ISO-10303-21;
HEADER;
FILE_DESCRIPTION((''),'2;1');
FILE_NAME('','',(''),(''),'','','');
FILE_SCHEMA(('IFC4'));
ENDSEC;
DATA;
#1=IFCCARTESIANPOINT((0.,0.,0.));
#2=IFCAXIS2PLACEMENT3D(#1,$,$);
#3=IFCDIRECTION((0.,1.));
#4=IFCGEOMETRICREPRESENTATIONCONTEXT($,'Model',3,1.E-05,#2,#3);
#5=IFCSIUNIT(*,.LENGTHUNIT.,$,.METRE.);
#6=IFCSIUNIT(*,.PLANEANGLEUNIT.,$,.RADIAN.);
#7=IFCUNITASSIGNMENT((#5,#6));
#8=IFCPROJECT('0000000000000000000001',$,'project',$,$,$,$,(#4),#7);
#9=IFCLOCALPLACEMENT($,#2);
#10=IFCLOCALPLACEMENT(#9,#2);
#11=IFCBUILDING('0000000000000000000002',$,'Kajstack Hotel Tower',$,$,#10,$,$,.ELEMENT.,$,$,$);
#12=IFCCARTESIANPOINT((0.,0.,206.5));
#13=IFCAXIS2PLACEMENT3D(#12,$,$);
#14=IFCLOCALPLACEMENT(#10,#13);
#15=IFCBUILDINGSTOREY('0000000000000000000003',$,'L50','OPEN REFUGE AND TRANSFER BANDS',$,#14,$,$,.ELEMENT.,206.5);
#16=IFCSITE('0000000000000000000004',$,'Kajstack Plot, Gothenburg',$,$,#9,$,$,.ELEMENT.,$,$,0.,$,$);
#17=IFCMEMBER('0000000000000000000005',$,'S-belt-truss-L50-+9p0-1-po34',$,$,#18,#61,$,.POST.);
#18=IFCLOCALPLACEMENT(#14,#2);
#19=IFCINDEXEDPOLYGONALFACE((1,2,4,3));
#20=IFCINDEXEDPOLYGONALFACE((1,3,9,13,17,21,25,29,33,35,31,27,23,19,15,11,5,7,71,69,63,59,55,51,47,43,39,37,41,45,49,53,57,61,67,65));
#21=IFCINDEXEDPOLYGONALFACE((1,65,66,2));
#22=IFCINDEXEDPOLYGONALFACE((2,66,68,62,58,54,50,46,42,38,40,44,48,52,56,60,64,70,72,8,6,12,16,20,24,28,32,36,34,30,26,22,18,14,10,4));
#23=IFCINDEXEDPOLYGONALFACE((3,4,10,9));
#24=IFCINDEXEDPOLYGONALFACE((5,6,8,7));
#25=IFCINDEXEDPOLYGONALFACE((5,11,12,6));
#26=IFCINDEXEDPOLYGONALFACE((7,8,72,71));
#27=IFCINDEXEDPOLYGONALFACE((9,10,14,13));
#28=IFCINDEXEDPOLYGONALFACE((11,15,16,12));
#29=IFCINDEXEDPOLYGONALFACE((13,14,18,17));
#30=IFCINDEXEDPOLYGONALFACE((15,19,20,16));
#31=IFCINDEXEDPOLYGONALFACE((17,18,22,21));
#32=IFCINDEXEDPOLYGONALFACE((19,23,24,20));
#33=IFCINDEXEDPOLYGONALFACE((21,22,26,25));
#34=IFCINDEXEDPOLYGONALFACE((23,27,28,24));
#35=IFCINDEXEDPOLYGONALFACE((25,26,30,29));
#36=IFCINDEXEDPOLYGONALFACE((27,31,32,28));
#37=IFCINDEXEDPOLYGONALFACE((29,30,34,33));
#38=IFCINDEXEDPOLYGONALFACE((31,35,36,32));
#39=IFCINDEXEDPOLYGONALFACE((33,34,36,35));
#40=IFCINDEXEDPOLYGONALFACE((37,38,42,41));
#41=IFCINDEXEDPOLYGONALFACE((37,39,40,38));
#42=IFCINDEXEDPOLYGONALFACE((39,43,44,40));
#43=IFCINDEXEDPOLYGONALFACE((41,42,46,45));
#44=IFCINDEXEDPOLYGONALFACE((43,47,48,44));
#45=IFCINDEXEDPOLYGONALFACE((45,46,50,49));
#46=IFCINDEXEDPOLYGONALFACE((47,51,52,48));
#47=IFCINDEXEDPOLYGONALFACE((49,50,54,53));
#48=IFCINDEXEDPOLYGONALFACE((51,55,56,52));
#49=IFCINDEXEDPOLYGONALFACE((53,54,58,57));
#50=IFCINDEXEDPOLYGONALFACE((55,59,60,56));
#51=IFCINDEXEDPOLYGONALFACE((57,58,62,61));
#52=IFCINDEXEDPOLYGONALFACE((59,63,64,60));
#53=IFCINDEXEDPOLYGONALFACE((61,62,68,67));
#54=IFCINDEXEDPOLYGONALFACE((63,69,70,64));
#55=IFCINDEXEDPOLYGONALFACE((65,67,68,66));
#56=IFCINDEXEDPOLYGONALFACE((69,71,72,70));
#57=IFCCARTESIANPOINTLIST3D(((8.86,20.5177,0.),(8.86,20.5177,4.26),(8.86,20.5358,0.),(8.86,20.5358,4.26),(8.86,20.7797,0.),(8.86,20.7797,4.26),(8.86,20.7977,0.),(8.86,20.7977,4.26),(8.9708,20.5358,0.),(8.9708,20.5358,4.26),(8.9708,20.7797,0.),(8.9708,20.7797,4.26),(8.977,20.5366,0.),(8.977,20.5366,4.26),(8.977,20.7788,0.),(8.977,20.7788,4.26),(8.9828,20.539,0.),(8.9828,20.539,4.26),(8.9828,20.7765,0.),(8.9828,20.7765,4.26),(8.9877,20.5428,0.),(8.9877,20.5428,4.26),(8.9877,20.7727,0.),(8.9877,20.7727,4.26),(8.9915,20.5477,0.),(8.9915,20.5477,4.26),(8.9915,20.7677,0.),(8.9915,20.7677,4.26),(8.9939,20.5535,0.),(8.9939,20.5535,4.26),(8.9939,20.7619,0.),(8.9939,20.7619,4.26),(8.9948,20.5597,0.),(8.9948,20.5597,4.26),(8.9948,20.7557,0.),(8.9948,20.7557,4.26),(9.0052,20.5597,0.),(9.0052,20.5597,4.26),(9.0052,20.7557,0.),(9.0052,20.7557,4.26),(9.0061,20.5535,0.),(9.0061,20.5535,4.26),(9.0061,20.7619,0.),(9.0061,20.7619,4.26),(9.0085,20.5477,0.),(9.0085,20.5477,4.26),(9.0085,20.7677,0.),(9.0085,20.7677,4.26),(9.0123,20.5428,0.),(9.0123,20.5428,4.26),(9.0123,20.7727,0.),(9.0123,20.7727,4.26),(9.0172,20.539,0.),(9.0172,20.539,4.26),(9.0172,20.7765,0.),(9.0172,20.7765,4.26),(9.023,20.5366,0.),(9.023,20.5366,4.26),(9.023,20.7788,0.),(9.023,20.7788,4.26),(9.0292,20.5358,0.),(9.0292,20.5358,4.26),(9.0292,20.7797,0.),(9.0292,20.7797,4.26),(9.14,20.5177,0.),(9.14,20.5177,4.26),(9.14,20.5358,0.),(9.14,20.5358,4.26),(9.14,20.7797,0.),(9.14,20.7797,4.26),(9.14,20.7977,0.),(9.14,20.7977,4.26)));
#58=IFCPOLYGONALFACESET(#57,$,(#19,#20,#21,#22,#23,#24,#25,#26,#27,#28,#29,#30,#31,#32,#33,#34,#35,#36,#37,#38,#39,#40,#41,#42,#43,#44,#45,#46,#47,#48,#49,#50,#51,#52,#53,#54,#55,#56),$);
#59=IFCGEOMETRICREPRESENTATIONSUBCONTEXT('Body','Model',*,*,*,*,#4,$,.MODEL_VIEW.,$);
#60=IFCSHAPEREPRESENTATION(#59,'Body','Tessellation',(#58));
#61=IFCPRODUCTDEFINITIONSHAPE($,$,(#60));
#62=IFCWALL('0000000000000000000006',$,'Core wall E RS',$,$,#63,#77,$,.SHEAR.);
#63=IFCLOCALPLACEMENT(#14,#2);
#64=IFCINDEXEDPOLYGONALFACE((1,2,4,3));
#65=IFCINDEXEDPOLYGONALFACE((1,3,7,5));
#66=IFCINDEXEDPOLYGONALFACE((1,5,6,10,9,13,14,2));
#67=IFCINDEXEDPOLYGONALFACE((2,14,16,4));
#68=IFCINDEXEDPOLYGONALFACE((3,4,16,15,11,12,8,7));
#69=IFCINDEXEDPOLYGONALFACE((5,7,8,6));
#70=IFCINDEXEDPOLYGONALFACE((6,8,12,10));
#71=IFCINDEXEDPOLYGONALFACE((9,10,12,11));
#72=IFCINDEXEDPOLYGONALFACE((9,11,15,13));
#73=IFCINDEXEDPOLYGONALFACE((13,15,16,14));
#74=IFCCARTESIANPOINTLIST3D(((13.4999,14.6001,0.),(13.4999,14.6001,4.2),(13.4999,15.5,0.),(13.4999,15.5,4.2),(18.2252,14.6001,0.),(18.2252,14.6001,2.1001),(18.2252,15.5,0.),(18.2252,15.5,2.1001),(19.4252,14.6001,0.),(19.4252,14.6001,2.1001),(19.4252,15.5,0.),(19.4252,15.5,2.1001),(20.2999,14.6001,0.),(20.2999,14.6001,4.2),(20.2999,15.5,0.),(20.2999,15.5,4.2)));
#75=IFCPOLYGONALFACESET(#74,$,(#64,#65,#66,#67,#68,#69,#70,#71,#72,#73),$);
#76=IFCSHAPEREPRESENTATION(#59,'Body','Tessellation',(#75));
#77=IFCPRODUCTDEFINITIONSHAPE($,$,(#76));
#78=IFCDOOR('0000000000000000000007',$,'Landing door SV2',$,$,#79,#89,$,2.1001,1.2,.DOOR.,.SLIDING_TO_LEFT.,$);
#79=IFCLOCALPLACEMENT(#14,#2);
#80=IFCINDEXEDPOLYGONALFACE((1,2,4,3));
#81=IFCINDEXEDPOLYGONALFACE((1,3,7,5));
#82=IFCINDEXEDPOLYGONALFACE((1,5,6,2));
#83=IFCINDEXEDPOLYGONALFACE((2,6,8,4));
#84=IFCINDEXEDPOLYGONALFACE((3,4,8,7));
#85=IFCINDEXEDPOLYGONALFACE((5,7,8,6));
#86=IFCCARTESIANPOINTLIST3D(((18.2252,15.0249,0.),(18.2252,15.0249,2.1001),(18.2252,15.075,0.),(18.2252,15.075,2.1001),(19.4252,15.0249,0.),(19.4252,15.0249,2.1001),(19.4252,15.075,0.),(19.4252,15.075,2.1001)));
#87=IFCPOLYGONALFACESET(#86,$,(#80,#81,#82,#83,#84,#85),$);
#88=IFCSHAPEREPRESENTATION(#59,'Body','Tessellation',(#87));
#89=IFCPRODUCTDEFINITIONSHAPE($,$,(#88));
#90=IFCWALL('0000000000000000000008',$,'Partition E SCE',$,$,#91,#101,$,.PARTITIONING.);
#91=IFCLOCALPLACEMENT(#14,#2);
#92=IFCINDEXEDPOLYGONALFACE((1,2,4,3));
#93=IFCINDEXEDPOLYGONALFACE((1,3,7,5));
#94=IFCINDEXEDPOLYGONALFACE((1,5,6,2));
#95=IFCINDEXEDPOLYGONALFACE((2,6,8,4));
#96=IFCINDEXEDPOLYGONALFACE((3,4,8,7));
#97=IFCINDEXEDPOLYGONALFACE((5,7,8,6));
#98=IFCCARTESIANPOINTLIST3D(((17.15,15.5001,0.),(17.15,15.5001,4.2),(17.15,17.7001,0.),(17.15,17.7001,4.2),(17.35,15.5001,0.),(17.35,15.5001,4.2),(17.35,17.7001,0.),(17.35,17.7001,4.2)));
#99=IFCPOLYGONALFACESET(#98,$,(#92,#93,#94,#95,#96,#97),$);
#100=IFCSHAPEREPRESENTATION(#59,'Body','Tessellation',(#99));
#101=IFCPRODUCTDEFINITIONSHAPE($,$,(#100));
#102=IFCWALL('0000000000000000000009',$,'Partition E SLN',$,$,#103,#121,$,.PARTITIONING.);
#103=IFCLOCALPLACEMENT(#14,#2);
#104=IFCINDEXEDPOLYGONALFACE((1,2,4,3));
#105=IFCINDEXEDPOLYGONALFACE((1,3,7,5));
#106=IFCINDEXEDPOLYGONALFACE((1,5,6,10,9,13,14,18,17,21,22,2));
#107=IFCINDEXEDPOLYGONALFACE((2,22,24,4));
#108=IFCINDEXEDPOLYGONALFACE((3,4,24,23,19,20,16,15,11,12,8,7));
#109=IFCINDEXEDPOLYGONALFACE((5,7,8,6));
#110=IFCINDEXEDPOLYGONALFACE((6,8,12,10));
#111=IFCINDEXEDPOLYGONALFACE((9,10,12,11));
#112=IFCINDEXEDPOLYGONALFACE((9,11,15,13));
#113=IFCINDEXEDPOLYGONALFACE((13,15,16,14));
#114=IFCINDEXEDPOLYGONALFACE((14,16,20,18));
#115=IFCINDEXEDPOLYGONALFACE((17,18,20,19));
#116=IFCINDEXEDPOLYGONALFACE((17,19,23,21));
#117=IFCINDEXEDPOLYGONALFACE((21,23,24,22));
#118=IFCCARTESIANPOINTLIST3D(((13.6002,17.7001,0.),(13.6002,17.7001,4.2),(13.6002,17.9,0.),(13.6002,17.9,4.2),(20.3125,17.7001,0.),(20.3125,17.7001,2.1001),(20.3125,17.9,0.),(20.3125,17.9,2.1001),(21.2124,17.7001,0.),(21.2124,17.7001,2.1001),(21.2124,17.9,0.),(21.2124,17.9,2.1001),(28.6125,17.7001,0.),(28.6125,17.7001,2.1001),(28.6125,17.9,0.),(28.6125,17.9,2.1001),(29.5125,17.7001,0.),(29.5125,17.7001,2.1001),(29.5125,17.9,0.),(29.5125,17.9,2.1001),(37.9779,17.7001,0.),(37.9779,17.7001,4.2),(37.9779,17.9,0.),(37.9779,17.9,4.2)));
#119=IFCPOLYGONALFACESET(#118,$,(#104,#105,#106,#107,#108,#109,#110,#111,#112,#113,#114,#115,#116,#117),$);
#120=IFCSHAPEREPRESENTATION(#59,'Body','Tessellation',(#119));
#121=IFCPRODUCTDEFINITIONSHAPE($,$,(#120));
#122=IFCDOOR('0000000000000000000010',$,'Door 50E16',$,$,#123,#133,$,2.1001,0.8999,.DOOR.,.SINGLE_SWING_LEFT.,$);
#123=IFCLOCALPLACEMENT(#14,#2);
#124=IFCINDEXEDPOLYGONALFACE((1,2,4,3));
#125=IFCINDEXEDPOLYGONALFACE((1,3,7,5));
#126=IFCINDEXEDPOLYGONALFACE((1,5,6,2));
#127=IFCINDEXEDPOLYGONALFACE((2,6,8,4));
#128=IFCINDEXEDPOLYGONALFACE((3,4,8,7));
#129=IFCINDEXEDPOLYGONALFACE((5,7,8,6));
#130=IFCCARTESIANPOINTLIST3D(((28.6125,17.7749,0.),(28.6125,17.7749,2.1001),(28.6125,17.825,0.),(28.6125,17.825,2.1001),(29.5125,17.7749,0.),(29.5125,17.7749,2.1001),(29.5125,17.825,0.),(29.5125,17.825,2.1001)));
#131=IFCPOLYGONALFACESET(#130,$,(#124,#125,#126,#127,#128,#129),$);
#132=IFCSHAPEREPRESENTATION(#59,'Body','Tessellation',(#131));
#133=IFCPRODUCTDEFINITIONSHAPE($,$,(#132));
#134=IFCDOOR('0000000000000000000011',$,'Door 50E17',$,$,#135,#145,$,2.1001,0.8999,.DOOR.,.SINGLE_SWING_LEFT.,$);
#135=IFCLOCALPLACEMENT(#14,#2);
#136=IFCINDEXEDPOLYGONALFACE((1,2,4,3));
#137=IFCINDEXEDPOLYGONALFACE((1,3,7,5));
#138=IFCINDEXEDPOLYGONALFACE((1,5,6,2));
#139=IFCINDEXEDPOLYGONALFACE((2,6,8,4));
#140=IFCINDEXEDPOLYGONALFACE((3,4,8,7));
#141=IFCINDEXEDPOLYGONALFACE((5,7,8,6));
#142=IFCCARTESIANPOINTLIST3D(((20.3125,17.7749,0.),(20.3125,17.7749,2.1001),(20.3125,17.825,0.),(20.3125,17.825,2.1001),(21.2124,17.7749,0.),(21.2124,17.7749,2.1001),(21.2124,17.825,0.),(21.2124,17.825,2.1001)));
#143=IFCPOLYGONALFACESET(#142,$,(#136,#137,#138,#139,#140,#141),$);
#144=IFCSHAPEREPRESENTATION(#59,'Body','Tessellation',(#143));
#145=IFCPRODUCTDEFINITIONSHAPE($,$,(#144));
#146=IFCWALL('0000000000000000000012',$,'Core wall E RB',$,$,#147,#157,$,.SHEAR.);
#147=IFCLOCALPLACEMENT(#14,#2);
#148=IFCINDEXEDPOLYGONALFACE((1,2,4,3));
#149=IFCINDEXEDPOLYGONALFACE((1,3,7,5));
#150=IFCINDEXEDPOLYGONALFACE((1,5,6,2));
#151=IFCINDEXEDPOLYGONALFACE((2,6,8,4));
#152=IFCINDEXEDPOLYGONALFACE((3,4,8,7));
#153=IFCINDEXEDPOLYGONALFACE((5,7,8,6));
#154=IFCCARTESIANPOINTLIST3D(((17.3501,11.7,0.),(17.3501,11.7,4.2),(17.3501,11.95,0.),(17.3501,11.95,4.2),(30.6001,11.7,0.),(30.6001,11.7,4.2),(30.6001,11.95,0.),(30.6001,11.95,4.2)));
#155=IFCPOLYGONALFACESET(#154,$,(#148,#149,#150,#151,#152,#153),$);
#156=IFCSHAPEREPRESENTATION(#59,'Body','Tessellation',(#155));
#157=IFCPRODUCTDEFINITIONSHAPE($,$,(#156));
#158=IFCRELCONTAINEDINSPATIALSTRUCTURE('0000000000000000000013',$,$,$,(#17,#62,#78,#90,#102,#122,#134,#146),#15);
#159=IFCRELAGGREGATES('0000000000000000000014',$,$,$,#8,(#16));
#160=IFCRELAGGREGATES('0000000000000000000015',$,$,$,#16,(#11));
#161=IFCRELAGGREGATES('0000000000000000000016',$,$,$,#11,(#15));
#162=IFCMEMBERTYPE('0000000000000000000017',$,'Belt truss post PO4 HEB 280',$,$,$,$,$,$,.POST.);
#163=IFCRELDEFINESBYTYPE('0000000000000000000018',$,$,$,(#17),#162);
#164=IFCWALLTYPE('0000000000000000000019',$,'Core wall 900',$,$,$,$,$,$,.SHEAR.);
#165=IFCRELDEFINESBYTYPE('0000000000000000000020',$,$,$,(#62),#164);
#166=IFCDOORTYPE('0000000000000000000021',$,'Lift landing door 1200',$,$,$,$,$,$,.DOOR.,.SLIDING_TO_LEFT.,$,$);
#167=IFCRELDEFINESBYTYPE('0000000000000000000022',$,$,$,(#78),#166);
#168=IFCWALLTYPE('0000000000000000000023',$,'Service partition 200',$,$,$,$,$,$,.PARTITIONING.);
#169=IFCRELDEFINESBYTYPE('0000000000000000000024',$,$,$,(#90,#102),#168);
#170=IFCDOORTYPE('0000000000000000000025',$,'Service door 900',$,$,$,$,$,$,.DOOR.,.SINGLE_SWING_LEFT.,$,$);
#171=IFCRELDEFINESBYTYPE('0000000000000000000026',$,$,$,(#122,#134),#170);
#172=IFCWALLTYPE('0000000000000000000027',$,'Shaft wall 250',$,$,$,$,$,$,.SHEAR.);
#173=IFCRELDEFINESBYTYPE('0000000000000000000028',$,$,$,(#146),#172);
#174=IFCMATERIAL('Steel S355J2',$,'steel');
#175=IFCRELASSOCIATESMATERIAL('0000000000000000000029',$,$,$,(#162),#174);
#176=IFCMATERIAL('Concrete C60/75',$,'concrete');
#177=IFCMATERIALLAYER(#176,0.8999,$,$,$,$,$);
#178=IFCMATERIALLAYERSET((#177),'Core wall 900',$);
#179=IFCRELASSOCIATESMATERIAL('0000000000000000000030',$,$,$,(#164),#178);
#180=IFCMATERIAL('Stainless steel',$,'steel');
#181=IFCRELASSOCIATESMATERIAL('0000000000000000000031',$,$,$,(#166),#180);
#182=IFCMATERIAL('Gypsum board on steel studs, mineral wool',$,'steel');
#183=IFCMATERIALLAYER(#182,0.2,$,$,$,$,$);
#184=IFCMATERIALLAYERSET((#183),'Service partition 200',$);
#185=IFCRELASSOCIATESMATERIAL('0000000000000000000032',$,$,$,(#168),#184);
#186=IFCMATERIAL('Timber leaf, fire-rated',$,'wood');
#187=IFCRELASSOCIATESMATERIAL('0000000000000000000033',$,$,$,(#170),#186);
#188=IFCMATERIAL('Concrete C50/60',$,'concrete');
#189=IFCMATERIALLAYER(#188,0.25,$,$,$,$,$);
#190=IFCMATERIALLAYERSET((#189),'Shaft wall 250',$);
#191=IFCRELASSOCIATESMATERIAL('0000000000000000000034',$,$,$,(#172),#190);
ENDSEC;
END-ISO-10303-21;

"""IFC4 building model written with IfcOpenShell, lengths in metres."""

from ifc_helpers import new_model, si_unit, direction, frame, frame_2d, origin, origin_2d, place, context, subcontext, project, spatial, rectangle, i_section, extrude, material, layer, layer_set, material_profile, profile_set, type_object, element, fill, save


model = new_model("IFC4")

# Units and contexts
model_context = context("Model", 3, precision=1e-05, world=origin(), true_north=direction((0.0, 1.0)))
body_context = subcontext(model_context, "Body", "Model", "MODEL_VIEW")
ifc_project = project(units=[si_unit("LENGTHUNIT", "METRE"), si_unit("PLANEANGLEUNIT", "RADIAN")], contexts=[model_context])

# Site, building, storey
site_placement = place(None, origin())
site = spatial("IfcSite", under=ifc_project, at=site_placement, Name="Kajstack Plot, Gothenburg", CompositionType="ELEMENT", RefElevation=0.0)
building_placement = place(site_placement, origin())
building = spatial("IfcBuilding", under=site, at=building_placement, Name="Kajstack Hotel Tower", CompositionType="ELEMENT")
storey_placement = place(building_placement, frame((0.0, 0.0, 206.5)))
storey = spatial("IfcBuildingStorey", under=building, at=storey_placement, Name="L50", Description="OPEN REFUGE AND TRANSFER BANDS", CompositionType="ELEMENT", Elevation=206.5)

# Member
ifc_material_1 = material(Name="Steel S355J2", Category="steel")
ifc_material_profile_1 = material_profile(ifc_material_1, i_section(OverallWidth=0.28, OverallDepth=0.28, WebThickness=0.0105, FlangeThickness=0.0181, FilletRadius=0.0239, at=origin_2d()), Name="HEB 280")
ifc_profile_set_1 = profile_set([ifc_material_profile_1], Name="Steel S355J2")
member_type_1 = type_object("IfcMemberType", Name="Belt truss post PO4 HEB 280", PredefinedType="POST", material=ifc_profile_set_1)
for number, where, z_axis, x_axis, name in (
    (1, (9.0, 20.6577, 0.0), (0.0, 0.0, 1.0), (1.0, 0.0, 0.0), "S-belt-truss-L50-+9p0-1-po34"),
):
    element("IfcMember", number, at=place(storey_placement, frame(where, z_axis=z_axis, x_axis=x_axis)), inside=storey, type_object=member_type_1, Name=name, PredefinedType="POST", context=body_context, shape_type="SweptSolid", body=[
        extrude(i_section(OverallWidth=0.28, OverallDepth=0.28, WebThickness=0.0105, FlangeThickness=0.0181, FilletRadius=0.0239, at=origin_2d()), origin(), (0.0, 0.0, 1.0), 4.26),
    ])

# Wall, opening, door
ifc_material_2 = material(Name="Concrete C60/75", Category="concrete")
ifc_layer_1 = layer(ifc_material_2, 0.8999)
ifc_layer_set_1 = layer_set([ifc_layer_1], Name="Core wall 900")
wall_type_1 = type_object("IfcWallType", Name="Core wall 900", PredefinedType="SHEAR", material=ifc_layer_set_1)
wall_1_placement = place(storey_placement, frame((13.5, 15.05, 0.0), z_axis=(0.0, 0.0, 1.0), x_axis=(1.0, 0.0, 0.0)))
wall_1 = element("IfcWall", 2, at=wall_1_placement, inside=storey, type_object=wall_type_1, Name="Core wall E RS", PredefinedType="SHEAR", context=body_context, shape_type="SweptSolid", body=[
    extrude(rectangle(XDim=6.8, YDim=0.8999, at=frame_2d((3.3999, 0.0))), origin(), (0.0, 0.0, 1.0), 4.2),
])
opening_1_placement = place(wall_1_placement, frame((4.7251, 0.0, 0.0)))
opening_1 = element("IfcOpeningElement", 3, at=opening_1_placement, cuts=wall_1, PredefinedType="OPENING", context=body_context, shape_type="SweptSolid", body=[
    extrude(rectangle(XDim=1.2, YDim=2.1001, at=frame_2d((0.6001, 1.05))), frame((0.0, 0.46, 0.0), z_axis=(0.0, -1.0, 0.0), x_axis=(1.0, 0.0, 0.0)), (0.0, 0.0, 1.0), 0.9199),
])
ifc_material_3 = material(Name="Stainless steel", Category="steel")
door_type_1 = type_object("IfcDoorType", Name="Lift landing door 1200", OperationType="SLIDING_TO_LEFT", PredefinedType="DOOR", material=ifc_material_3)
door_1_placement = place(opening_1_placement, origin())
door_1 = element("IfcDoor", 4, at=door_1_placement, inside=storey, type_object=door_type_1, Name="Landing door SV2", OperationType="SLIDING_TO_LEFT", OverallHeight=2.1001, OverallWidth=1.2, PredefinedType="DOOR", context=body_context, shape_type="SweptSolid", body=[
    extrude(rectangle(XDim=1.2, YDim=2.1001, at=frame_2d((0.6001, 1.05))), frame((0.0, 0.0249, 0.0), z_axis=(0.0, -1.0, 0.0), x_axis=(1.0, 0.0, 0.0)), (0.0, 0.0, 1.0), 0.05),
])
fill(opening_1, door_1)

# Wall
ifc_material_4 = material(Name="Gypsum board on steel studs, mineral wool", Category="steel")
ifc_layer_2 = layer(ifc_material_4, 0.2)
ifc_layer_set_2 = layer_set([ifc_layer_2], Name="Service partition 200")
wall_type_2 = type_object("IfcWallType", Name="Service partition 200", PredefinedType="PARTITIONING", material=ifc_layer_set_2)
wall_2_placement = place(storey_placement, frame((17.25, 15.5, 0.0), z_axis=(0.0, 0.0, 1.0), x_axis=(0.0, 1.0, 0.0)))
element("IfcWall", 5, at=wall_2_placement, inside=storey, type_object=wall_type_2, Name="Partition E SCE", PredefinedType="PARTITIONING", context=body_context, shape_type="SweptSolid", body=[
    extrude(rectangle(XDim=2.2, YDim=0.2, at=frame_2d((1.1001, 0.0))), origin(), (0.0, 0.0, 1.0), 4.2),
])

# Wall, openings, doors
wall_3_placement = place(storey_placement, frame((13.6001, 17.8, 0.0), z_axis=(0.0, 0.0, 1.0), x_axis=(1.0, 0.0, 0.0)))
wall_3 = element("IfcWall", 6, at=wall_3_placement, inside=storey, type_object=wall_type_2, Name="Partition E SLN", PredefinedType="PARTITIONING", context=body_context, shape_type="SweptSolid", body=[
    extrude(rectangle(XDim=24.3777, YDim=0.2, at=frame_2d((12.189, 0.0))), origin(), (0.0, 0.0, 1.0), 4.2),
])
opening_2_placement = place(wall_3_placement, frame((15.0125, 0.0, 0.0)))
opening_2 = element("IfcOpeningElement", 7, at=opening_2_placement, cuts=wall_3, PredefinedType="OPENING", context=body_context, shape_type="SweptSolid", body=[
    extrude(rectangle(XDim=0.8999, YDim=2.1001, at=frame_2d((0.45, 1.05))), frame((0.0, 0.1099, 0.0), z_axis=(0.0, -1.0, 0.0), x_axis=(1.0, 0.0, 0.0)), (0.0, 0.0, 1.0), 0.22),
])
opening_3_placement = place(wall_3_placement, frame((6.7124, 0.0, 0.0)))
opening_3 = element("IfcOpeningElement", 8, at=opening_3_placement, cuts=wall_3, PredefinedType="OPENING", context=body_context, shape_type="SweptSolid", body=[
    extrude(rectangle(XDim=0.8999, YDim=2.1001, at=frame_2d((0.45, 1.05))), frame((0.0, 0.1099, 0.0), z_axis=(0.0, -1.0, 0.0), x_axis=(1.0, 0.0, 0.0)), (0.0, 0.0, 1.0), 0.22),
])
ifc_material_5 = material(Name="Timber leaf, fire-rated", Category="wood")
door_type_2 = type_object("IfcDoorType", Name="Service door 900", OperationType="SINGLE_SWING_LEFT", PredefinedType="DOOR", material=ifc_material_5)
door_2_placement = place(opening_2_placement, origin())
door_2 = element("IfcDoor", 9, at=door_2_placement, inside=storey, type_object=door_type_2, Name="Door 50E16", OperationType="SINGLE_SWING_LEFT", OverallHeight=2.1001, OverallWidth=0.8999, PredefinedType="DOOR", context=body_context, shape_type="SweptSolid", body=[
    extrude(rectangle(XDim=0.8999, YDim=2.1001, at=frame_2d((0.45, 1.05))), frame((0.0, 0.0249, 0.0), z_axis=(0.0, -1.0, 0.0), x_axis=(1.0, 0.0, 0.0)), (0.0, 0.0, 1.0), 0.05),
])
fill(opening_2, door_2)
door_3_placement = place(opening_3_placement, origin())
door_3 = element("IfcDoor", 10, at=door_3_placement, inside=storey, type_object=door_type_2, Name="Door 50E17", OperationType="SINGLE_SWING_LEFT", OverallHeight=2.1001, OverallWidth=0.8999, PredefinedType="DOOR", context=body_context, shape_type="SweptSolid", body=[
    extrude(rectangle(XDim=0.8999, YDim=2.1001, at=frame_2d((0.45, 1.05))), frame((0.0, 0.0249, 0.0), z_axis=(0.0, -1.0, 0.0), x_axis=(1.0, 0.0, 0.0)), (0.0, 0.0, 1.0), 0.05),
])
fill(opening_3, door_3)

# Wall
ifc_material_6 = material(Name="Concrete C50/60", Category="concrete")
ifc_layer_3 = layer(ifc_material_6, 0.25)
ifc_layer_set_3 = layer_set([ifc_layer_3], Name="Shaft wall 250")
wall_type_3 = type_object("IfcWallType", Name="Shaft wall 250", PredefinedType="SHEAR", material=ifc_layer_set_3)
wall_4_placement = place(storey_placement, frame((17.3501, 11.825, 0.0), z_axis=(0.0, 0.0, 1.0), x_axis=(1.0, 0.0, 0.0)))
element("IfcWall", 11, at=wall_4_placement, inside=storey, type_object=wall_type_3, Name="Core wall E RB", PredefinedType="SHEAR", context=body_context, shape_type="SweptSolid", body=[
    extrude(rectangle(XDim=13.25, YDim=0.25, at=frame_2d((6.625, 0.0))), origin(), (0.0, 0.0, 1.0), 4.2),
])

save(model, "model.ifc")
